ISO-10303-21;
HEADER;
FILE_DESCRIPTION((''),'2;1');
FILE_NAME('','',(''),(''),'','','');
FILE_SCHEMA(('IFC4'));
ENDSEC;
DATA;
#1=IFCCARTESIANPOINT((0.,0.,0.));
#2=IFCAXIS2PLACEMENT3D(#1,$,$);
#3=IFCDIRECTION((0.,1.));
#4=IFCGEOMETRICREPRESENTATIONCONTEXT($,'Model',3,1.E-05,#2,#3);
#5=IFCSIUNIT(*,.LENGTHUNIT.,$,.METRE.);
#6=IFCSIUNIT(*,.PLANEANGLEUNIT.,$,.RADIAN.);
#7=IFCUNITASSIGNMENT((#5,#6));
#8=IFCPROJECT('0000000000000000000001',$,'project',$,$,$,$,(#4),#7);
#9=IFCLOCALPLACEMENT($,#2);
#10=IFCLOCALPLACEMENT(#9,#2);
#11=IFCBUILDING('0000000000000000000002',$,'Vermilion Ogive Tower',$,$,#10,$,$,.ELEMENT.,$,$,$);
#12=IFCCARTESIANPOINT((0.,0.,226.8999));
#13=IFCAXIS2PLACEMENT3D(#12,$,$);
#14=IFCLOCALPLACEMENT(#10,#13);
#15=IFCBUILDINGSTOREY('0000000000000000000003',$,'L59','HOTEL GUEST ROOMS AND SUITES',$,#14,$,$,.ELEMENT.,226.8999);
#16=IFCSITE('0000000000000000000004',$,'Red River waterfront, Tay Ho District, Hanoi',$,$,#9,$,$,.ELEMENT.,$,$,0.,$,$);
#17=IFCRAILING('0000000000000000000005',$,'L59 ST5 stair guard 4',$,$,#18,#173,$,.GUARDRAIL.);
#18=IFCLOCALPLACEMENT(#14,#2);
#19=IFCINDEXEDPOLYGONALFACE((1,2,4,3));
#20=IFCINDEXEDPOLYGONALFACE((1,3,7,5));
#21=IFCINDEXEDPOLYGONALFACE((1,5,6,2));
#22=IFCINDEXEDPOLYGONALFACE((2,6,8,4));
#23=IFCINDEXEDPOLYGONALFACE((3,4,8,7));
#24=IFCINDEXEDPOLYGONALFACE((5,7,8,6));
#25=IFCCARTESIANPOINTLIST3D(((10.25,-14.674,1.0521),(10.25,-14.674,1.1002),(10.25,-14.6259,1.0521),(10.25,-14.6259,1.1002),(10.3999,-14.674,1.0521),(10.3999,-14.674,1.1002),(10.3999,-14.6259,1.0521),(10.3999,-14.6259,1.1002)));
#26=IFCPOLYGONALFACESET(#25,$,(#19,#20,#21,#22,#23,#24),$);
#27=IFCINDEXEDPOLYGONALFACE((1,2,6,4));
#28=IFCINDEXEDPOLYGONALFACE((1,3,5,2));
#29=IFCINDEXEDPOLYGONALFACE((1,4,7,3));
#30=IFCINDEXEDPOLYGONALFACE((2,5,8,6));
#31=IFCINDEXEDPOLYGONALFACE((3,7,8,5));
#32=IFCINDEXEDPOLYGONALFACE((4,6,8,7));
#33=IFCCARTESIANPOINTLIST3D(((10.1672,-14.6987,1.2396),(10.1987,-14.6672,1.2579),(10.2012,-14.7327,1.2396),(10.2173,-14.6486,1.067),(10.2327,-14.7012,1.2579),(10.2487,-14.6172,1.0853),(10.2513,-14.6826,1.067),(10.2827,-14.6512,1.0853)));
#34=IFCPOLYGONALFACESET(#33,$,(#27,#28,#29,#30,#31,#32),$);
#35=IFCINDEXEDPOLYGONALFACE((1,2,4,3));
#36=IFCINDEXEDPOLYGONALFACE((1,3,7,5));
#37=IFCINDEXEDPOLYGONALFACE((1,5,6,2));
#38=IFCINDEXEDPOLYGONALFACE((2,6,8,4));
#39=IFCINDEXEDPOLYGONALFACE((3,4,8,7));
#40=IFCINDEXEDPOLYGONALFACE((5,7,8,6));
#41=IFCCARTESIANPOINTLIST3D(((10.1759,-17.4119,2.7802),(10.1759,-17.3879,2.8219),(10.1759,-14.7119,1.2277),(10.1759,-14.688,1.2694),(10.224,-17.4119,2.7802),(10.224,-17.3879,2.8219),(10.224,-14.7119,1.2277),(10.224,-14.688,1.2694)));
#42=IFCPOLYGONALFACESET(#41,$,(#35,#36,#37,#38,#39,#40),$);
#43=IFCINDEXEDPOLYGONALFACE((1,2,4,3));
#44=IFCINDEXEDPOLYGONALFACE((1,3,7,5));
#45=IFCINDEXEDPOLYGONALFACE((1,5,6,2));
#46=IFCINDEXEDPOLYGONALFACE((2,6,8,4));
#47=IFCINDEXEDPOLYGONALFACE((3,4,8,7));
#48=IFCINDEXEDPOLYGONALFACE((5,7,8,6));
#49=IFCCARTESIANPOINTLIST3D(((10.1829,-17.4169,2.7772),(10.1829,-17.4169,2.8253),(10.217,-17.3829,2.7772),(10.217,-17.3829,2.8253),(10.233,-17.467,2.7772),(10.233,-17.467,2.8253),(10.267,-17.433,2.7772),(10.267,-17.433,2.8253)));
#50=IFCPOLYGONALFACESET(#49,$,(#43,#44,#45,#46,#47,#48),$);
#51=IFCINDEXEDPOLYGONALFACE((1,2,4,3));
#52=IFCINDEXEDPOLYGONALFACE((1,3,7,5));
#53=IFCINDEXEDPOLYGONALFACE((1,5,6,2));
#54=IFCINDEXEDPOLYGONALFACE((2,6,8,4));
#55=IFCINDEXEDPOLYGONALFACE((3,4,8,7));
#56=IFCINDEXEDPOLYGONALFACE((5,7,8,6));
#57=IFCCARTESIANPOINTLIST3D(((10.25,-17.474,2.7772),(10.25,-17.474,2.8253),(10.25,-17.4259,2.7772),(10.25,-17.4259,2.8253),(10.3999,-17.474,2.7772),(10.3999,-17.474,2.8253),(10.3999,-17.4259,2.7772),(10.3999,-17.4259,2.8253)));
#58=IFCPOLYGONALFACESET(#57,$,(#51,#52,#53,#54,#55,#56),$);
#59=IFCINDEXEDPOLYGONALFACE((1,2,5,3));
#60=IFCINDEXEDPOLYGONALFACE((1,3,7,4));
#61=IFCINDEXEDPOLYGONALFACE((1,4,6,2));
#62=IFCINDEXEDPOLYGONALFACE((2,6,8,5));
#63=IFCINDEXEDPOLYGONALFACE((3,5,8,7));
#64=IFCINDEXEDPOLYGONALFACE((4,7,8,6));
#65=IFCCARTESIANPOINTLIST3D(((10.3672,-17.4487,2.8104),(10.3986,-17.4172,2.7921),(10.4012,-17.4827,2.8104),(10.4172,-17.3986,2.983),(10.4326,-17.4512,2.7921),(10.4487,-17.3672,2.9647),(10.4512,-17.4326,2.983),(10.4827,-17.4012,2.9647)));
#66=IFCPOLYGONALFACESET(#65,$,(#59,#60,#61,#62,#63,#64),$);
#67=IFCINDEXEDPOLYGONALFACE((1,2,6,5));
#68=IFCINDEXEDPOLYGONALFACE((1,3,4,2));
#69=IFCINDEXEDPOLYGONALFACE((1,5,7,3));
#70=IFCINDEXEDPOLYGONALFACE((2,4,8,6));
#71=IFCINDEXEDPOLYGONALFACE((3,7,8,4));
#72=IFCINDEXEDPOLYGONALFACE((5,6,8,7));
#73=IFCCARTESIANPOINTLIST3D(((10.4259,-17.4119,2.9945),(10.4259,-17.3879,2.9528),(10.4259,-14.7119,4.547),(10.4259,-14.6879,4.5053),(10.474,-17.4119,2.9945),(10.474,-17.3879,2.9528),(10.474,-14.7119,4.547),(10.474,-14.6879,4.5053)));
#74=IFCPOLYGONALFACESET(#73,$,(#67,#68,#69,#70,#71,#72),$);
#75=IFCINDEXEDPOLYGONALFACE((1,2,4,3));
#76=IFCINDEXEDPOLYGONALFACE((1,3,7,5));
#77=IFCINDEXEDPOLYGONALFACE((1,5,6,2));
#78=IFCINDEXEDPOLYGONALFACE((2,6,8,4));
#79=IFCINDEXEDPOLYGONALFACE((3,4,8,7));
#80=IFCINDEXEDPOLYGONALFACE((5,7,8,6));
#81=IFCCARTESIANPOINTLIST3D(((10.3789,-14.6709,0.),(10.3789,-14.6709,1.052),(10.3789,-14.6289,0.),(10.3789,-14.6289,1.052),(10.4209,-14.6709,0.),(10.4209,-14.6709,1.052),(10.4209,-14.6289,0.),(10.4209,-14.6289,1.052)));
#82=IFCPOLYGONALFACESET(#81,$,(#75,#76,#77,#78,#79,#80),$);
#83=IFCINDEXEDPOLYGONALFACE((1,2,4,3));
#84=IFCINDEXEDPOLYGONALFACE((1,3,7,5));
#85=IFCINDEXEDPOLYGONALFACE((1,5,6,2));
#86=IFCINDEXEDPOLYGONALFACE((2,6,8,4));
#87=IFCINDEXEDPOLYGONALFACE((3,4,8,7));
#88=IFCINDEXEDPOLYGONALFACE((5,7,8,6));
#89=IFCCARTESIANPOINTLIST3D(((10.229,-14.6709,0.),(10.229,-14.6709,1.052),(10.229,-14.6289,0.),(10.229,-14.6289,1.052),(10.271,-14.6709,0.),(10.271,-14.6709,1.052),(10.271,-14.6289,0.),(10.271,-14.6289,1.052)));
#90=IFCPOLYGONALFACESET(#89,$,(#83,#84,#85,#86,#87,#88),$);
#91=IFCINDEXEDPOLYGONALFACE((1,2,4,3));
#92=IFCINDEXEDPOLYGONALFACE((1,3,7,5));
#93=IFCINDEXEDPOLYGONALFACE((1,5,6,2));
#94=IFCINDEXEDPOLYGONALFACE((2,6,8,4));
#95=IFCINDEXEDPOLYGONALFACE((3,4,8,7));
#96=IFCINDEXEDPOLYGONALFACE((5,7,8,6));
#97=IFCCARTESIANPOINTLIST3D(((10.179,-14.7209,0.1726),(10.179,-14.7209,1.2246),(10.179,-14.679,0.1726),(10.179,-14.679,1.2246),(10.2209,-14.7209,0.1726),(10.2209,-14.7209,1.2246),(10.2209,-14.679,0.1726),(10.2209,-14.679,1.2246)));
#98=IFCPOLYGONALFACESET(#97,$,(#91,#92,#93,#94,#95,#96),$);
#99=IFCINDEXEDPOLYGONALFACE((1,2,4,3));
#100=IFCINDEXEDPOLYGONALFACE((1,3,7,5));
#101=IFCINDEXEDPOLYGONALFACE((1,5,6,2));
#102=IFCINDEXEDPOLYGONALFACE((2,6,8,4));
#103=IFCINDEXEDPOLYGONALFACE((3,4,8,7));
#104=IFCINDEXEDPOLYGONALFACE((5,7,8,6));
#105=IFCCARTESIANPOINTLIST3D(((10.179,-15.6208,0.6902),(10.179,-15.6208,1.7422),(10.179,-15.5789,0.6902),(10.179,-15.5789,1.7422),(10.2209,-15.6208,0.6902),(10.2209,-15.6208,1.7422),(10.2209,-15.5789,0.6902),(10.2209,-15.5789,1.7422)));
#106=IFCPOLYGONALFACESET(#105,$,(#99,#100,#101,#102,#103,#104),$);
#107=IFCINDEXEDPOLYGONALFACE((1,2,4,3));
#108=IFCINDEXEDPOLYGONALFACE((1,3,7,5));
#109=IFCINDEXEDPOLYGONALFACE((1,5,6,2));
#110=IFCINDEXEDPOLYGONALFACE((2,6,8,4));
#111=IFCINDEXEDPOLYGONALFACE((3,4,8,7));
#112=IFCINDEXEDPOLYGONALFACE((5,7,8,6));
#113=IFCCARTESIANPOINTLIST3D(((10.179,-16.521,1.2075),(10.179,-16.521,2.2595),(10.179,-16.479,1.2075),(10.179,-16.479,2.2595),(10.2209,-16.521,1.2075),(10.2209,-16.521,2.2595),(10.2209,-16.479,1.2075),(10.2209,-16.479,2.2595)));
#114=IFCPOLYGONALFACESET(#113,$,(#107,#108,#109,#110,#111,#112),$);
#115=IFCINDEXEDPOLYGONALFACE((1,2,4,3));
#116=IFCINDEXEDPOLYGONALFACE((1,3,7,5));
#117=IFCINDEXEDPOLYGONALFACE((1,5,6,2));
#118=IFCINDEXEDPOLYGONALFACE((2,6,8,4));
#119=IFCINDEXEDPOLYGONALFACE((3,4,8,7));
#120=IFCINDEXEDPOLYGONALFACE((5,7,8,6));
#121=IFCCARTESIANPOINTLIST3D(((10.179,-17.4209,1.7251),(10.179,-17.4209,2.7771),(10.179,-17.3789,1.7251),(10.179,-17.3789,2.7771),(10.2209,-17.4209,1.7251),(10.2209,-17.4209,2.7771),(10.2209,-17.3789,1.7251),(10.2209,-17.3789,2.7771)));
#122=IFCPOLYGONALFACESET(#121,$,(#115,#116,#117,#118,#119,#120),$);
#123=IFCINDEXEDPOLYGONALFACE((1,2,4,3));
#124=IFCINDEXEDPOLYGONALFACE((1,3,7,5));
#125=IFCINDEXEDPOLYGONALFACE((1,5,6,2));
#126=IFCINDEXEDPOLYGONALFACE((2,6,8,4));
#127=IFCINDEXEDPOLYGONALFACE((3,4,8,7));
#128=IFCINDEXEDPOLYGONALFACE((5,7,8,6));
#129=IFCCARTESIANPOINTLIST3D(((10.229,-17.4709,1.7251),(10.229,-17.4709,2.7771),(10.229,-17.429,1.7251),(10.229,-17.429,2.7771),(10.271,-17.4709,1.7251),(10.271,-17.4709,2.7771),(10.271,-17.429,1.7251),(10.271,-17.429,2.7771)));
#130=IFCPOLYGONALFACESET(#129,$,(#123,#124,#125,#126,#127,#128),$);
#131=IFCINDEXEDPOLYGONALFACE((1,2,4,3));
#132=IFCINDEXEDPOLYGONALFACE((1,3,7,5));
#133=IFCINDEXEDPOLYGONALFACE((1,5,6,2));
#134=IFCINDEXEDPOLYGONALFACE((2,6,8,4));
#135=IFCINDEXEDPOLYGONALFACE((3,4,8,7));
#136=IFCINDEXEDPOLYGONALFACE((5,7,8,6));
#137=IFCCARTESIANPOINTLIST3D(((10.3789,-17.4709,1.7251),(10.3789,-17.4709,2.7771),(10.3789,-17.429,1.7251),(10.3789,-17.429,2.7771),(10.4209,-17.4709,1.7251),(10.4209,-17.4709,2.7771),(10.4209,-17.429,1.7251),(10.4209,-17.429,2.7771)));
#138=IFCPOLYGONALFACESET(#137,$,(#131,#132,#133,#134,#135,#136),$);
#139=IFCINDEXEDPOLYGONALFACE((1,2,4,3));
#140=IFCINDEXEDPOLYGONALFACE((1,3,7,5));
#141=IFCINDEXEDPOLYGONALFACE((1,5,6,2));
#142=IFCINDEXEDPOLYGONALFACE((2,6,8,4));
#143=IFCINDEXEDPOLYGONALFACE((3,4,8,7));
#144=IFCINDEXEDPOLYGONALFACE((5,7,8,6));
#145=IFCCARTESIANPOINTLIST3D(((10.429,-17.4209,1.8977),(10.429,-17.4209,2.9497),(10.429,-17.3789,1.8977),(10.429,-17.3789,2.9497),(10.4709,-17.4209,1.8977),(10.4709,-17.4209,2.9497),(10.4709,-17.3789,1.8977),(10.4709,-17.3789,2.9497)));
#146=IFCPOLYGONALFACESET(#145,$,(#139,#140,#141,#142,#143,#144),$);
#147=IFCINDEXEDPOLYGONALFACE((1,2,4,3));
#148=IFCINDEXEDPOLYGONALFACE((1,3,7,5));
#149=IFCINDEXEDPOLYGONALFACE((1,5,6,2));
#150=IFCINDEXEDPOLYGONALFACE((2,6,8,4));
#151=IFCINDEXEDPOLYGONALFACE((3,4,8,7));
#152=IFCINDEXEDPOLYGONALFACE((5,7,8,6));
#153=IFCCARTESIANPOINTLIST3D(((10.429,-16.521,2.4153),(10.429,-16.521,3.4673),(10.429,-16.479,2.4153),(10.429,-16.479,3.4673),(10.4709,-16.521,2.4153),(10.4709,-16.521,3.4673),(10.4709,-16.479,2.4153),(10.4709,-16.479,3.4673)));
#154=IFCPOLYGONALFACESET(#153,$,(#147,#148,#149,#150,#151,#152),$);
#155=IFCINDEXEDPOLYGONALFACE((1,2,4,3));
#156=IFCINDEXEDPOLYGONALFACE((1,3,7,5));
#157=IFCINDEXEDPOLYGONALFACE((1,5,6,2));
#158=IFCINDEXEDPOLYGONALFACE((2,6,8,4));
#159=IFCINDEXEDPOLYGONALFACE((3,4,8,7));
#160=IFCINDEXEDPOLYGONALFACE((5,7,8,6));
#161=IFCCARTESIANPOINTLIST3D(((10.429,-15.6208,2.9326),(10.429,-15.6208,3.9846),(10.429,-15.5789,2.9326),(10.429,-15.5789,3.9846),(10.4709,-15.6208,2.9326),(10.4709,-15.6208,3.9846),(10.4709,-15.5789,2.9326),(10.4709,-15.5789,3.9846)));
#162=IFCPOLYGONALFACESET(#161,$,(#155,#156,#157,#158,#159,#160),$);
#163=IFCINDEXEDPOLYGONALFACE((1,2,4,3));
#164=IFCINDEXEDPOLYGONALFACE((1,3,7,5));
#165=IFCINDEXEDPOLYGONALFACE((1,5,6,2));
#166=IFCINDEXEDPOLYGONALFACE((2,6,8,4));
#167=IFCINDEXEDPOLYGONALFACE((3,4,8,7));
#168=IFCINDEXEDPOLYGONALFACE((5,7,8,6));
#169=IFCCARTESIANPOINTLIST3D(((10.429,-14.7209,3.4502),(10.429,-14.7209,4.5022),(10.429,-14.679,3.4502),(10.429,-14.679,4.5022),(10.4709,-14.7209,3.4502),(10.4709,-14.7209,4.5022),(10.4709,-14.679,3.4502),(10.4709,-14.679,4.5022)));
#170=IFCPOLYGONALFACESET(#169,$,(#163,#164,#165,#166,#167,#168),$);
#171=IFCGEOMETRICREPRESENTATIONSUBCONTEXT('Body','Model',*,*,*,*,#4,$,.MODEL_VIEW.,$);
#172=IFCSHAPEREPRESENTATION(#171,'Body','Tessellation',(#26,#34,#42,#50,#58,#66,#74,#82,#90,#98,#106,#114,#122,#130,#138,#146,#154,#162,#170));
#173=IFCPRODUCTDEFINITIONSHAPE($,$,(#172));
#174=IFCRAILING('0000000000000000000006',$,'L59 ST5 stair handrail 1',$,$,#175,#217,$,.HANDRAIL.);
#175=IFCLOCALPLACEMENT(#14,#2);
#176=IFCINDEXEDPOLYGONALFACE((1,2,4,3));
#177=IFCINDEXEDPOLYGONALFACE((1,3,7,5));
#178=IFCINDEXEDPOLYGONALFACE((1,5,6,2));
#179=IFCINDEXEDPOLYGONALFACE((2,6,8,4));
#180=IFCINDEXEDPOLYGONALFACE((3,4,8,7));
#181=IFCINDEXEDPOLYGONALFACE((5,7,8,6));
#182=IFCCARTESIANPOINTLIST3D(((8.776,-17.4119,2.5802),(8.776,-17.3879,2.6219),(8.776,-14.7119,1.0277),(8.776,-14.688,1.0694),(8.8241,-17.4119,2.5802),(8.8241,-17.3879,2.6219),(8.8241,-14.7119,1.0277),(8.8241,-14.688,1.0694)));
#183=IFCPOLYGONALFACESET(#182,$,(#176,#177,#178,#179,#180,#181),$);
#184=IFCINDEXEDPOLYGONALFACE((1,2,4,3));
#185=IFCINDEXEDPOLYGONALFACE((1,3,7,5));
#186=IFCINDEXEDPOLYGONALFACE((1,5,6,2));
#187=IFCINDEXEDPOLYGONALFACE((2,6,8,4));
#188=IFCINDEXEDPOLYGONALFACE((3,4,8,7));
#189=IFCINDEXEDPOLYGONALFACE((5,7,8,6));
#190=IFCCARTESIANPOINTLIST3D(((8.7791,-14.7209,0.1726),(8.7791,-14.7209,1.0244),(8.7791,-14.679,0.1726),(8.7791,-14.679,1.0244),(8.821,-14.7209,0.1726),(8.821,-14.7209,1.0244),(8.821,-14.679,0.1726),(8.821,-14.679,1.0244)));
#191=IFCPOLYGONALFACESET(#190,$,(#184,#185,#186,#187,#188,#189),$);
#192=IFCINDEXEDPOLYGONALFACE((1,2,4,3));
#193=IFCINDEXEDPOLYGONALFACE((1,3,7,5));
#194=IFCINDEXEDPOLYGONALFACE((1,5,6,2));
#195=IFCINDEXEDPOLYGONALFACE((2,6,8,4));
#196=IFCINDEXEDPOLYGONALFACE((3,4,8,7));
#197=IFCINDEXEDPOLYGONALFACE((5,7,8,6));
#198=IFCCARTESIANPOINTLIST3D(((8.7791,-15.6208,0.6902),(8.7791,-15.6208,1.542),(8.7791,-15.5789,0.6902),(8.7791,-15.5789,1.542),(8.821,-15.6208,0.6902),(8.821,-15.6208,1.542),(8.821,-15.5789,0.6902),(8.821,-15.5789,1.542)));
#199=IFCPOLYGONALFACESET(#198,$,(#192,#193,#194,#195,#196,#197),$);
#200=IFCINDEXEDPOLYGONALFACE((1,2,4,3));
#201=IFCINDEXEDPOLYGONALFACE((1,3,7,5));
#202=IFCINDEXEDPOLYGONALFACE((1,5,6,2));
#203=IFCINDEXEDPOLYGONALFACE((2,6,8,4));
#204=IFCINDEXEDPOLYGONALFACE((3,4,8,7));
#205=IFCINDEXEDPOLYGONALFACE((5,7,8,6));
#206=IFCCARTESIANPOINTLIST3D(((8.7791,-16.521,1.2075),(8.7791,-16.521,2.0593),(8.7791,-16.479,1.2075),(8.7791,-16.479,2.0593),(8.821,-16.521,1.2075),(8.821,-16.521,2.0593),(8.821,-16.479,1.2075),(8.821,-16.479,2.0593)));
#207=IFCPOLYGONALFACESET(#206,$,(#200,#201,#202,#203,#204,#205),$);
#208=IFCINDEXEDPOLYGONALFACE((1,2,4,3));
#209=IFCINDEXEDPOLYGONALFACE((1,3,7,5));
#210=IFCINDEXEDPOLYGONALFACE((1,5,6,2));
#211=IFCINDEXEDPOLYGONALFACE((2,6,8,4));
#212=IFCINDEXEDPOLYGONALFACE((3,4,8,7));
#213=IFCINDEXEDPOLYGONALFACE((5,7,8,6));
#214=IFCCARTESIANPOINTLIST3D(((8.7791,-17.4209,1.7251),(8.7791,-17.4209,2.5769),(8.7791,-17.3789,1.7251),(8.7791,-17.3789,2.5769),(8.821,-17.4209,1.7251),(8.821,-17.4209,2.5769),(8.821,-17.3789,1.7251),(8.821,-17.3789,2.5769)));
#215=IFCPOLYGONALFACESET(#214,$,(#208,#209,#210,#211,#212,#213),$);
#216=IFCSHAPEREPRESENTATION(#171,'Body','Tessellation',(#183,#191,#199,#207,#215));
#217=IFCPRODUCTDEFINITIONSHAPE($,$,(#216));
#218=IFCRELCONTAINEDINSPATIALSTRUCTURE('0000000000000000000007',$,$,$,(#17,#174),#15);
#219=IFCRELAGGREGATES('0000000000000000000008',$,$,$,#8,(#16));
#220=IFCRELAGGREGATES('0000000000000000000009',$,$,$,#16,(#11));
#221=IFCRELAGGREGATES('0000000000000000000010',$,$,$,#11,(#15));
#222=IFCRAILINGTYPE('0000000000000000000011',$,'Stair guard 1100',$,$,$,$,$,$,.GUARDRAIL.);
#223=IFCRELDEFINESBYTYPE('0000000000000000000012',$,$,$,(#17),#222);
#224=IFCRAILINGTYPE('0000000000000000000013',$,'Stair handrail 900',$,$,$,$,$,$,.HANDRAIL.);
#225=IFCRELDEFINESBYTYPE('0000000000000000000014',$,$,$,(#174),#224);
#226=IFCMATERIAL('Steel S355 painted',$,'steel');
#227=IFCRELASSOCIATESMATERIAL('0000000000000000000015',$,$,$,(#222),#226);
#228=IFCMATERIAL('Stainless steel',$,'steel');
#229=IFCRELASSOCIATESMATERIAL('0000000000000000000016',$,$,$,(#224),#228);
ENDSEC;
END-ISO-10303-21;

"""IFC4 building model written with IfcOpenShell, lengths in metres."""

from ifc_helpers import new_model, si_unit, direction, frame, origin, origin_2d, place, context, subcontext, project, spatial, rectangle, extrude, material, type_object, element, save


model = new_model("IFC4")

# Units and contexts
model_context = context("Model", 3, precision=1e-05, world=origin(), true_north=direction((0.0, 1.0)))
body_context = subcontext(model_context, "Body", "Model", "MODEL_VIEW")
ifc_project = project(units=[si_unit("LENGTHUNIT", "METRE"), si_unit("PLANEANGLEUNIT", "RADIAN")], contexts=[model_context])

# Site, building, storey
site_placement = place(None, origin())
site = spatial("IfcSite", under=ifc_project, at=site_placement, Name="Red River waterfront, Tay Ho District, Hanoi", CompositionType="ELEMENT", RefElevation=0.0)
building_placement = place(site_placement, origin())
building = spatial("IfcBuilding", under=site, at=building_placement, Name="Vermilion Ogive Tower", CompositionType="ELEMENT")
storey_placement = place(building_placement, frame((0.0, 0.0, 226.8999)))
storey = spatial("IfcBuildingStorey", under=building, at=storey_placement, Name="L59", Description="HOTEL GUEST ROOMS AND SUITES", CompositionType="ELEMENT", Elevation=226.8999)

# Railings
ifc_material_1 = material(Name="Steel S355 painted", Category="steel")
railing_type_1 = type_object("IfcRailingType", Name="Stair guard 1100", PredefinedType="GUARDRAIL", material=ifc_material_1)
railing_1_placement = place(storey_placement, frame((10.3999, -14.6499, 0.0)))
element("IfcRailing", 1, at=railing_1_placement, inside=storey, type_object=railing_type_1, Name="L59 ST5 stair guard 4", PredefinedType="GUARDRAIL", context=body_context, shape_type="SweptSolid", body=[
    extrude(rectangle(XDim=0.0481, YDim=0.0481, at=origin_2d()), frame((0.0, 0.0, 1.0762), z_axis=(-1.0, 0.0, 0.0), x_axis=(0.0, -1.0, 0.0)), (0.0, 0.0, 1.0), 0.1499),
    extrude(rectangle(XDim=0.0481, YDim=0.0481, at=origin_2d()), frame((-0.1499, 0.0, 1.0762), z_axis=(-0.268278, -0.268278, 0.925232), x_axis=(0.707107, -0.707107, 0.0)), (0.0, 0.0, 1.0), 0.1865),
    extrude(rectangle(XDim=0.0481, YDim=0.0481, at=origin_2d()), frame((-0.2, -0.05, 1.2485), z_axis=(0.0, -0.866904, 0.498476), x_axis=(1.0, 0.0, 0.0)), (0.0, 0.0, 1.0), 3.1145),
    extrude(rectangle(XDim=0.0481, YDim=0.0481, at=origin_2d()), frame((-0.2, -2.75, 2.8013), z_axis=(0.707107, -0.707107, 0.0), x_axis=(0.707107, 0.707107, 0.0)), (0.0, 0.0, 1.0), 0.0708),
    extrude(rectangle(XDim=0.0481, YDim=0.0481, at=origin_2d()), frame((-0.1499, -2.8, 2.8013), z_axis=(1.0, 0.0, 0.0), x_axis=(0.0, 1.0, 0.0)), (0.0, 0.0, 1.0), 0.1499),
    extrude(rectangle(XDim=0.0481, YDim=0.0481, at=origin_2d()), frame((0.0, -2.8, 2.8013), z_axis=(0.268278, 0.268278, 0.925232), x_axis=(-0.707107, 0.707107, 0.0)), (0.0, 0.0, 1.0), 0.1865),
    extrude(rectangle(XDim=0.0481, YDim=0.0481, at=origin_2d()), frame((0.05, -2.75, 2.9736), z_axis=(0.0, 0.866904, 0.498476), x_axis=(-1.0, 0.0, 0.0)), (0.0, 0.0, 1.0), 3.1145),
    extrude(rectangle(XDim=0.042, YDim=0.042, at=origin_2d()), origin(), (0.0, 0.0, 1.0), 1.052),
    extrude(rectangle(XDim=0.042, YDim=0.042, at=origin_2d()), frame((-0.1499, 0.0, 0.0)), (0.0, 0.0, 1.0), 1.052),
    extrude(rectangle(XDim=0.042, YDim=0.042, at=origin_2d()), frame((-0.2, -0.05, 0.1726)), (0.0, 0.0, 1.0), 1.052),
    extrude(rectangle(XDim=0.042, YDim=0.042, at=origin_2d()), frame((-0.2, -0.95, 0.6902)), (0.0, 0.0, 1.0), 1.052),
    extrude(rectangle(XDim=0.042, YDim=0.042, at=origin_2d()), frame((-0.2, -1.8501, 1.2075)), (0.0, 0.0, 1.0), 1.052),
    extrude(rectangle(XDim=0.042, YDim=0.042, at=origin_2d()), frame((-0.2, -2.75, 1.7251)), (0.0, 0.0, 1.0), 1.052),
    extrude(rectangle(XDim=0.042, YDim=0.042, at=origin_2d()), frame((-0.1499, -2.8, 1.7251)), (0.0, 0.0, 1.0), 1.052),
    extrude(rectangle(XDim=0.042, YDim=0.042, at=origin_2d()), frame((0.0, -2.8, 1.7251)), (0.0, 0.0, 1.0), 1.052),
    extrude(rectangle(XDim=0.042, YDim=0.042, at=origin_2d()), frame((0.05, -2.75, 1.8977)), (0.0, 0.0, 1.0), 1.052),
    extrude(rectangle(XDim=0.042, YDim=0.042, at=origin_2d()), frame((0.05, -1.8501, 2.4153)), (0.0, 0.0, 1.0), 1.052),
    extrude(rectangle(XDim=0.042, YDim=0.042, at=origin_2d()), frame((0.05, -0.95, 2.9326)), (0.0, 0.0, 1.0), 1.052),
    extrude(rectangle(XDim=0.042, YDim=0.042, at=origin_2d()), frame((0.05, -0.05, 3.4502)), (0.0, 0.0, 1.0), 1.052),
])
ifc_material_2 = material(Name="Stainless steel", Category="steel")
railing_type_2 = type_object("IfcRailingType", Name="Stair handrail 900", PredefinedType="HANDRAIL", material=ifc_material_2)
railing_2_placement = place(storey_placement, frame((8.8, -14.7, 0.1726)))
element("IfcRailing", 2, at=railing_2_placement, inside=storey, type_object=railing_type_2, Name="L59 ST5 stair handrail 1", PredefinedType="HANDRAIL", context=body_context, shape_type="SweptSolid", body=[
    extrude(rectangle(XDim=0.0481, YDim=0.0481, at=origin_2d()), frame((0.0, 0.0, 0.876), z_axis=(0.0, -0.866904, 0.498476), x_axis=(1.0, 0.0, 0.0)), (0.0, 0.0, 1.0), 3.1145),
    extrude(rectangle(XDim=0.042, YDim=0.042, at=origin_2d()), origin(), (0.0, 0.0, 1.0), 0.8518),
    extrude(rectangle(XDim=0.042, YDim=0.042, at=origin_2d()), frame((0.0, -0.8999, 0.5176)), (0.0, 0.0, 1.0), 0.8518),
    extrude(rectangle(XDim=0.042, YDim=0.042, at=origin_2d()), frame((0.0, -1.8, 1.0349)), (0.0, 0.0, 1.0), 0.8518),
    extrude(rectangle(XDim=0.042, YDim=0.042, at=origin_2d()), frame((0.0, -2.7, 1.5525)), (0.0, 0.0, 1.0), 0.8518),
])

save(model, "model.ifc")
